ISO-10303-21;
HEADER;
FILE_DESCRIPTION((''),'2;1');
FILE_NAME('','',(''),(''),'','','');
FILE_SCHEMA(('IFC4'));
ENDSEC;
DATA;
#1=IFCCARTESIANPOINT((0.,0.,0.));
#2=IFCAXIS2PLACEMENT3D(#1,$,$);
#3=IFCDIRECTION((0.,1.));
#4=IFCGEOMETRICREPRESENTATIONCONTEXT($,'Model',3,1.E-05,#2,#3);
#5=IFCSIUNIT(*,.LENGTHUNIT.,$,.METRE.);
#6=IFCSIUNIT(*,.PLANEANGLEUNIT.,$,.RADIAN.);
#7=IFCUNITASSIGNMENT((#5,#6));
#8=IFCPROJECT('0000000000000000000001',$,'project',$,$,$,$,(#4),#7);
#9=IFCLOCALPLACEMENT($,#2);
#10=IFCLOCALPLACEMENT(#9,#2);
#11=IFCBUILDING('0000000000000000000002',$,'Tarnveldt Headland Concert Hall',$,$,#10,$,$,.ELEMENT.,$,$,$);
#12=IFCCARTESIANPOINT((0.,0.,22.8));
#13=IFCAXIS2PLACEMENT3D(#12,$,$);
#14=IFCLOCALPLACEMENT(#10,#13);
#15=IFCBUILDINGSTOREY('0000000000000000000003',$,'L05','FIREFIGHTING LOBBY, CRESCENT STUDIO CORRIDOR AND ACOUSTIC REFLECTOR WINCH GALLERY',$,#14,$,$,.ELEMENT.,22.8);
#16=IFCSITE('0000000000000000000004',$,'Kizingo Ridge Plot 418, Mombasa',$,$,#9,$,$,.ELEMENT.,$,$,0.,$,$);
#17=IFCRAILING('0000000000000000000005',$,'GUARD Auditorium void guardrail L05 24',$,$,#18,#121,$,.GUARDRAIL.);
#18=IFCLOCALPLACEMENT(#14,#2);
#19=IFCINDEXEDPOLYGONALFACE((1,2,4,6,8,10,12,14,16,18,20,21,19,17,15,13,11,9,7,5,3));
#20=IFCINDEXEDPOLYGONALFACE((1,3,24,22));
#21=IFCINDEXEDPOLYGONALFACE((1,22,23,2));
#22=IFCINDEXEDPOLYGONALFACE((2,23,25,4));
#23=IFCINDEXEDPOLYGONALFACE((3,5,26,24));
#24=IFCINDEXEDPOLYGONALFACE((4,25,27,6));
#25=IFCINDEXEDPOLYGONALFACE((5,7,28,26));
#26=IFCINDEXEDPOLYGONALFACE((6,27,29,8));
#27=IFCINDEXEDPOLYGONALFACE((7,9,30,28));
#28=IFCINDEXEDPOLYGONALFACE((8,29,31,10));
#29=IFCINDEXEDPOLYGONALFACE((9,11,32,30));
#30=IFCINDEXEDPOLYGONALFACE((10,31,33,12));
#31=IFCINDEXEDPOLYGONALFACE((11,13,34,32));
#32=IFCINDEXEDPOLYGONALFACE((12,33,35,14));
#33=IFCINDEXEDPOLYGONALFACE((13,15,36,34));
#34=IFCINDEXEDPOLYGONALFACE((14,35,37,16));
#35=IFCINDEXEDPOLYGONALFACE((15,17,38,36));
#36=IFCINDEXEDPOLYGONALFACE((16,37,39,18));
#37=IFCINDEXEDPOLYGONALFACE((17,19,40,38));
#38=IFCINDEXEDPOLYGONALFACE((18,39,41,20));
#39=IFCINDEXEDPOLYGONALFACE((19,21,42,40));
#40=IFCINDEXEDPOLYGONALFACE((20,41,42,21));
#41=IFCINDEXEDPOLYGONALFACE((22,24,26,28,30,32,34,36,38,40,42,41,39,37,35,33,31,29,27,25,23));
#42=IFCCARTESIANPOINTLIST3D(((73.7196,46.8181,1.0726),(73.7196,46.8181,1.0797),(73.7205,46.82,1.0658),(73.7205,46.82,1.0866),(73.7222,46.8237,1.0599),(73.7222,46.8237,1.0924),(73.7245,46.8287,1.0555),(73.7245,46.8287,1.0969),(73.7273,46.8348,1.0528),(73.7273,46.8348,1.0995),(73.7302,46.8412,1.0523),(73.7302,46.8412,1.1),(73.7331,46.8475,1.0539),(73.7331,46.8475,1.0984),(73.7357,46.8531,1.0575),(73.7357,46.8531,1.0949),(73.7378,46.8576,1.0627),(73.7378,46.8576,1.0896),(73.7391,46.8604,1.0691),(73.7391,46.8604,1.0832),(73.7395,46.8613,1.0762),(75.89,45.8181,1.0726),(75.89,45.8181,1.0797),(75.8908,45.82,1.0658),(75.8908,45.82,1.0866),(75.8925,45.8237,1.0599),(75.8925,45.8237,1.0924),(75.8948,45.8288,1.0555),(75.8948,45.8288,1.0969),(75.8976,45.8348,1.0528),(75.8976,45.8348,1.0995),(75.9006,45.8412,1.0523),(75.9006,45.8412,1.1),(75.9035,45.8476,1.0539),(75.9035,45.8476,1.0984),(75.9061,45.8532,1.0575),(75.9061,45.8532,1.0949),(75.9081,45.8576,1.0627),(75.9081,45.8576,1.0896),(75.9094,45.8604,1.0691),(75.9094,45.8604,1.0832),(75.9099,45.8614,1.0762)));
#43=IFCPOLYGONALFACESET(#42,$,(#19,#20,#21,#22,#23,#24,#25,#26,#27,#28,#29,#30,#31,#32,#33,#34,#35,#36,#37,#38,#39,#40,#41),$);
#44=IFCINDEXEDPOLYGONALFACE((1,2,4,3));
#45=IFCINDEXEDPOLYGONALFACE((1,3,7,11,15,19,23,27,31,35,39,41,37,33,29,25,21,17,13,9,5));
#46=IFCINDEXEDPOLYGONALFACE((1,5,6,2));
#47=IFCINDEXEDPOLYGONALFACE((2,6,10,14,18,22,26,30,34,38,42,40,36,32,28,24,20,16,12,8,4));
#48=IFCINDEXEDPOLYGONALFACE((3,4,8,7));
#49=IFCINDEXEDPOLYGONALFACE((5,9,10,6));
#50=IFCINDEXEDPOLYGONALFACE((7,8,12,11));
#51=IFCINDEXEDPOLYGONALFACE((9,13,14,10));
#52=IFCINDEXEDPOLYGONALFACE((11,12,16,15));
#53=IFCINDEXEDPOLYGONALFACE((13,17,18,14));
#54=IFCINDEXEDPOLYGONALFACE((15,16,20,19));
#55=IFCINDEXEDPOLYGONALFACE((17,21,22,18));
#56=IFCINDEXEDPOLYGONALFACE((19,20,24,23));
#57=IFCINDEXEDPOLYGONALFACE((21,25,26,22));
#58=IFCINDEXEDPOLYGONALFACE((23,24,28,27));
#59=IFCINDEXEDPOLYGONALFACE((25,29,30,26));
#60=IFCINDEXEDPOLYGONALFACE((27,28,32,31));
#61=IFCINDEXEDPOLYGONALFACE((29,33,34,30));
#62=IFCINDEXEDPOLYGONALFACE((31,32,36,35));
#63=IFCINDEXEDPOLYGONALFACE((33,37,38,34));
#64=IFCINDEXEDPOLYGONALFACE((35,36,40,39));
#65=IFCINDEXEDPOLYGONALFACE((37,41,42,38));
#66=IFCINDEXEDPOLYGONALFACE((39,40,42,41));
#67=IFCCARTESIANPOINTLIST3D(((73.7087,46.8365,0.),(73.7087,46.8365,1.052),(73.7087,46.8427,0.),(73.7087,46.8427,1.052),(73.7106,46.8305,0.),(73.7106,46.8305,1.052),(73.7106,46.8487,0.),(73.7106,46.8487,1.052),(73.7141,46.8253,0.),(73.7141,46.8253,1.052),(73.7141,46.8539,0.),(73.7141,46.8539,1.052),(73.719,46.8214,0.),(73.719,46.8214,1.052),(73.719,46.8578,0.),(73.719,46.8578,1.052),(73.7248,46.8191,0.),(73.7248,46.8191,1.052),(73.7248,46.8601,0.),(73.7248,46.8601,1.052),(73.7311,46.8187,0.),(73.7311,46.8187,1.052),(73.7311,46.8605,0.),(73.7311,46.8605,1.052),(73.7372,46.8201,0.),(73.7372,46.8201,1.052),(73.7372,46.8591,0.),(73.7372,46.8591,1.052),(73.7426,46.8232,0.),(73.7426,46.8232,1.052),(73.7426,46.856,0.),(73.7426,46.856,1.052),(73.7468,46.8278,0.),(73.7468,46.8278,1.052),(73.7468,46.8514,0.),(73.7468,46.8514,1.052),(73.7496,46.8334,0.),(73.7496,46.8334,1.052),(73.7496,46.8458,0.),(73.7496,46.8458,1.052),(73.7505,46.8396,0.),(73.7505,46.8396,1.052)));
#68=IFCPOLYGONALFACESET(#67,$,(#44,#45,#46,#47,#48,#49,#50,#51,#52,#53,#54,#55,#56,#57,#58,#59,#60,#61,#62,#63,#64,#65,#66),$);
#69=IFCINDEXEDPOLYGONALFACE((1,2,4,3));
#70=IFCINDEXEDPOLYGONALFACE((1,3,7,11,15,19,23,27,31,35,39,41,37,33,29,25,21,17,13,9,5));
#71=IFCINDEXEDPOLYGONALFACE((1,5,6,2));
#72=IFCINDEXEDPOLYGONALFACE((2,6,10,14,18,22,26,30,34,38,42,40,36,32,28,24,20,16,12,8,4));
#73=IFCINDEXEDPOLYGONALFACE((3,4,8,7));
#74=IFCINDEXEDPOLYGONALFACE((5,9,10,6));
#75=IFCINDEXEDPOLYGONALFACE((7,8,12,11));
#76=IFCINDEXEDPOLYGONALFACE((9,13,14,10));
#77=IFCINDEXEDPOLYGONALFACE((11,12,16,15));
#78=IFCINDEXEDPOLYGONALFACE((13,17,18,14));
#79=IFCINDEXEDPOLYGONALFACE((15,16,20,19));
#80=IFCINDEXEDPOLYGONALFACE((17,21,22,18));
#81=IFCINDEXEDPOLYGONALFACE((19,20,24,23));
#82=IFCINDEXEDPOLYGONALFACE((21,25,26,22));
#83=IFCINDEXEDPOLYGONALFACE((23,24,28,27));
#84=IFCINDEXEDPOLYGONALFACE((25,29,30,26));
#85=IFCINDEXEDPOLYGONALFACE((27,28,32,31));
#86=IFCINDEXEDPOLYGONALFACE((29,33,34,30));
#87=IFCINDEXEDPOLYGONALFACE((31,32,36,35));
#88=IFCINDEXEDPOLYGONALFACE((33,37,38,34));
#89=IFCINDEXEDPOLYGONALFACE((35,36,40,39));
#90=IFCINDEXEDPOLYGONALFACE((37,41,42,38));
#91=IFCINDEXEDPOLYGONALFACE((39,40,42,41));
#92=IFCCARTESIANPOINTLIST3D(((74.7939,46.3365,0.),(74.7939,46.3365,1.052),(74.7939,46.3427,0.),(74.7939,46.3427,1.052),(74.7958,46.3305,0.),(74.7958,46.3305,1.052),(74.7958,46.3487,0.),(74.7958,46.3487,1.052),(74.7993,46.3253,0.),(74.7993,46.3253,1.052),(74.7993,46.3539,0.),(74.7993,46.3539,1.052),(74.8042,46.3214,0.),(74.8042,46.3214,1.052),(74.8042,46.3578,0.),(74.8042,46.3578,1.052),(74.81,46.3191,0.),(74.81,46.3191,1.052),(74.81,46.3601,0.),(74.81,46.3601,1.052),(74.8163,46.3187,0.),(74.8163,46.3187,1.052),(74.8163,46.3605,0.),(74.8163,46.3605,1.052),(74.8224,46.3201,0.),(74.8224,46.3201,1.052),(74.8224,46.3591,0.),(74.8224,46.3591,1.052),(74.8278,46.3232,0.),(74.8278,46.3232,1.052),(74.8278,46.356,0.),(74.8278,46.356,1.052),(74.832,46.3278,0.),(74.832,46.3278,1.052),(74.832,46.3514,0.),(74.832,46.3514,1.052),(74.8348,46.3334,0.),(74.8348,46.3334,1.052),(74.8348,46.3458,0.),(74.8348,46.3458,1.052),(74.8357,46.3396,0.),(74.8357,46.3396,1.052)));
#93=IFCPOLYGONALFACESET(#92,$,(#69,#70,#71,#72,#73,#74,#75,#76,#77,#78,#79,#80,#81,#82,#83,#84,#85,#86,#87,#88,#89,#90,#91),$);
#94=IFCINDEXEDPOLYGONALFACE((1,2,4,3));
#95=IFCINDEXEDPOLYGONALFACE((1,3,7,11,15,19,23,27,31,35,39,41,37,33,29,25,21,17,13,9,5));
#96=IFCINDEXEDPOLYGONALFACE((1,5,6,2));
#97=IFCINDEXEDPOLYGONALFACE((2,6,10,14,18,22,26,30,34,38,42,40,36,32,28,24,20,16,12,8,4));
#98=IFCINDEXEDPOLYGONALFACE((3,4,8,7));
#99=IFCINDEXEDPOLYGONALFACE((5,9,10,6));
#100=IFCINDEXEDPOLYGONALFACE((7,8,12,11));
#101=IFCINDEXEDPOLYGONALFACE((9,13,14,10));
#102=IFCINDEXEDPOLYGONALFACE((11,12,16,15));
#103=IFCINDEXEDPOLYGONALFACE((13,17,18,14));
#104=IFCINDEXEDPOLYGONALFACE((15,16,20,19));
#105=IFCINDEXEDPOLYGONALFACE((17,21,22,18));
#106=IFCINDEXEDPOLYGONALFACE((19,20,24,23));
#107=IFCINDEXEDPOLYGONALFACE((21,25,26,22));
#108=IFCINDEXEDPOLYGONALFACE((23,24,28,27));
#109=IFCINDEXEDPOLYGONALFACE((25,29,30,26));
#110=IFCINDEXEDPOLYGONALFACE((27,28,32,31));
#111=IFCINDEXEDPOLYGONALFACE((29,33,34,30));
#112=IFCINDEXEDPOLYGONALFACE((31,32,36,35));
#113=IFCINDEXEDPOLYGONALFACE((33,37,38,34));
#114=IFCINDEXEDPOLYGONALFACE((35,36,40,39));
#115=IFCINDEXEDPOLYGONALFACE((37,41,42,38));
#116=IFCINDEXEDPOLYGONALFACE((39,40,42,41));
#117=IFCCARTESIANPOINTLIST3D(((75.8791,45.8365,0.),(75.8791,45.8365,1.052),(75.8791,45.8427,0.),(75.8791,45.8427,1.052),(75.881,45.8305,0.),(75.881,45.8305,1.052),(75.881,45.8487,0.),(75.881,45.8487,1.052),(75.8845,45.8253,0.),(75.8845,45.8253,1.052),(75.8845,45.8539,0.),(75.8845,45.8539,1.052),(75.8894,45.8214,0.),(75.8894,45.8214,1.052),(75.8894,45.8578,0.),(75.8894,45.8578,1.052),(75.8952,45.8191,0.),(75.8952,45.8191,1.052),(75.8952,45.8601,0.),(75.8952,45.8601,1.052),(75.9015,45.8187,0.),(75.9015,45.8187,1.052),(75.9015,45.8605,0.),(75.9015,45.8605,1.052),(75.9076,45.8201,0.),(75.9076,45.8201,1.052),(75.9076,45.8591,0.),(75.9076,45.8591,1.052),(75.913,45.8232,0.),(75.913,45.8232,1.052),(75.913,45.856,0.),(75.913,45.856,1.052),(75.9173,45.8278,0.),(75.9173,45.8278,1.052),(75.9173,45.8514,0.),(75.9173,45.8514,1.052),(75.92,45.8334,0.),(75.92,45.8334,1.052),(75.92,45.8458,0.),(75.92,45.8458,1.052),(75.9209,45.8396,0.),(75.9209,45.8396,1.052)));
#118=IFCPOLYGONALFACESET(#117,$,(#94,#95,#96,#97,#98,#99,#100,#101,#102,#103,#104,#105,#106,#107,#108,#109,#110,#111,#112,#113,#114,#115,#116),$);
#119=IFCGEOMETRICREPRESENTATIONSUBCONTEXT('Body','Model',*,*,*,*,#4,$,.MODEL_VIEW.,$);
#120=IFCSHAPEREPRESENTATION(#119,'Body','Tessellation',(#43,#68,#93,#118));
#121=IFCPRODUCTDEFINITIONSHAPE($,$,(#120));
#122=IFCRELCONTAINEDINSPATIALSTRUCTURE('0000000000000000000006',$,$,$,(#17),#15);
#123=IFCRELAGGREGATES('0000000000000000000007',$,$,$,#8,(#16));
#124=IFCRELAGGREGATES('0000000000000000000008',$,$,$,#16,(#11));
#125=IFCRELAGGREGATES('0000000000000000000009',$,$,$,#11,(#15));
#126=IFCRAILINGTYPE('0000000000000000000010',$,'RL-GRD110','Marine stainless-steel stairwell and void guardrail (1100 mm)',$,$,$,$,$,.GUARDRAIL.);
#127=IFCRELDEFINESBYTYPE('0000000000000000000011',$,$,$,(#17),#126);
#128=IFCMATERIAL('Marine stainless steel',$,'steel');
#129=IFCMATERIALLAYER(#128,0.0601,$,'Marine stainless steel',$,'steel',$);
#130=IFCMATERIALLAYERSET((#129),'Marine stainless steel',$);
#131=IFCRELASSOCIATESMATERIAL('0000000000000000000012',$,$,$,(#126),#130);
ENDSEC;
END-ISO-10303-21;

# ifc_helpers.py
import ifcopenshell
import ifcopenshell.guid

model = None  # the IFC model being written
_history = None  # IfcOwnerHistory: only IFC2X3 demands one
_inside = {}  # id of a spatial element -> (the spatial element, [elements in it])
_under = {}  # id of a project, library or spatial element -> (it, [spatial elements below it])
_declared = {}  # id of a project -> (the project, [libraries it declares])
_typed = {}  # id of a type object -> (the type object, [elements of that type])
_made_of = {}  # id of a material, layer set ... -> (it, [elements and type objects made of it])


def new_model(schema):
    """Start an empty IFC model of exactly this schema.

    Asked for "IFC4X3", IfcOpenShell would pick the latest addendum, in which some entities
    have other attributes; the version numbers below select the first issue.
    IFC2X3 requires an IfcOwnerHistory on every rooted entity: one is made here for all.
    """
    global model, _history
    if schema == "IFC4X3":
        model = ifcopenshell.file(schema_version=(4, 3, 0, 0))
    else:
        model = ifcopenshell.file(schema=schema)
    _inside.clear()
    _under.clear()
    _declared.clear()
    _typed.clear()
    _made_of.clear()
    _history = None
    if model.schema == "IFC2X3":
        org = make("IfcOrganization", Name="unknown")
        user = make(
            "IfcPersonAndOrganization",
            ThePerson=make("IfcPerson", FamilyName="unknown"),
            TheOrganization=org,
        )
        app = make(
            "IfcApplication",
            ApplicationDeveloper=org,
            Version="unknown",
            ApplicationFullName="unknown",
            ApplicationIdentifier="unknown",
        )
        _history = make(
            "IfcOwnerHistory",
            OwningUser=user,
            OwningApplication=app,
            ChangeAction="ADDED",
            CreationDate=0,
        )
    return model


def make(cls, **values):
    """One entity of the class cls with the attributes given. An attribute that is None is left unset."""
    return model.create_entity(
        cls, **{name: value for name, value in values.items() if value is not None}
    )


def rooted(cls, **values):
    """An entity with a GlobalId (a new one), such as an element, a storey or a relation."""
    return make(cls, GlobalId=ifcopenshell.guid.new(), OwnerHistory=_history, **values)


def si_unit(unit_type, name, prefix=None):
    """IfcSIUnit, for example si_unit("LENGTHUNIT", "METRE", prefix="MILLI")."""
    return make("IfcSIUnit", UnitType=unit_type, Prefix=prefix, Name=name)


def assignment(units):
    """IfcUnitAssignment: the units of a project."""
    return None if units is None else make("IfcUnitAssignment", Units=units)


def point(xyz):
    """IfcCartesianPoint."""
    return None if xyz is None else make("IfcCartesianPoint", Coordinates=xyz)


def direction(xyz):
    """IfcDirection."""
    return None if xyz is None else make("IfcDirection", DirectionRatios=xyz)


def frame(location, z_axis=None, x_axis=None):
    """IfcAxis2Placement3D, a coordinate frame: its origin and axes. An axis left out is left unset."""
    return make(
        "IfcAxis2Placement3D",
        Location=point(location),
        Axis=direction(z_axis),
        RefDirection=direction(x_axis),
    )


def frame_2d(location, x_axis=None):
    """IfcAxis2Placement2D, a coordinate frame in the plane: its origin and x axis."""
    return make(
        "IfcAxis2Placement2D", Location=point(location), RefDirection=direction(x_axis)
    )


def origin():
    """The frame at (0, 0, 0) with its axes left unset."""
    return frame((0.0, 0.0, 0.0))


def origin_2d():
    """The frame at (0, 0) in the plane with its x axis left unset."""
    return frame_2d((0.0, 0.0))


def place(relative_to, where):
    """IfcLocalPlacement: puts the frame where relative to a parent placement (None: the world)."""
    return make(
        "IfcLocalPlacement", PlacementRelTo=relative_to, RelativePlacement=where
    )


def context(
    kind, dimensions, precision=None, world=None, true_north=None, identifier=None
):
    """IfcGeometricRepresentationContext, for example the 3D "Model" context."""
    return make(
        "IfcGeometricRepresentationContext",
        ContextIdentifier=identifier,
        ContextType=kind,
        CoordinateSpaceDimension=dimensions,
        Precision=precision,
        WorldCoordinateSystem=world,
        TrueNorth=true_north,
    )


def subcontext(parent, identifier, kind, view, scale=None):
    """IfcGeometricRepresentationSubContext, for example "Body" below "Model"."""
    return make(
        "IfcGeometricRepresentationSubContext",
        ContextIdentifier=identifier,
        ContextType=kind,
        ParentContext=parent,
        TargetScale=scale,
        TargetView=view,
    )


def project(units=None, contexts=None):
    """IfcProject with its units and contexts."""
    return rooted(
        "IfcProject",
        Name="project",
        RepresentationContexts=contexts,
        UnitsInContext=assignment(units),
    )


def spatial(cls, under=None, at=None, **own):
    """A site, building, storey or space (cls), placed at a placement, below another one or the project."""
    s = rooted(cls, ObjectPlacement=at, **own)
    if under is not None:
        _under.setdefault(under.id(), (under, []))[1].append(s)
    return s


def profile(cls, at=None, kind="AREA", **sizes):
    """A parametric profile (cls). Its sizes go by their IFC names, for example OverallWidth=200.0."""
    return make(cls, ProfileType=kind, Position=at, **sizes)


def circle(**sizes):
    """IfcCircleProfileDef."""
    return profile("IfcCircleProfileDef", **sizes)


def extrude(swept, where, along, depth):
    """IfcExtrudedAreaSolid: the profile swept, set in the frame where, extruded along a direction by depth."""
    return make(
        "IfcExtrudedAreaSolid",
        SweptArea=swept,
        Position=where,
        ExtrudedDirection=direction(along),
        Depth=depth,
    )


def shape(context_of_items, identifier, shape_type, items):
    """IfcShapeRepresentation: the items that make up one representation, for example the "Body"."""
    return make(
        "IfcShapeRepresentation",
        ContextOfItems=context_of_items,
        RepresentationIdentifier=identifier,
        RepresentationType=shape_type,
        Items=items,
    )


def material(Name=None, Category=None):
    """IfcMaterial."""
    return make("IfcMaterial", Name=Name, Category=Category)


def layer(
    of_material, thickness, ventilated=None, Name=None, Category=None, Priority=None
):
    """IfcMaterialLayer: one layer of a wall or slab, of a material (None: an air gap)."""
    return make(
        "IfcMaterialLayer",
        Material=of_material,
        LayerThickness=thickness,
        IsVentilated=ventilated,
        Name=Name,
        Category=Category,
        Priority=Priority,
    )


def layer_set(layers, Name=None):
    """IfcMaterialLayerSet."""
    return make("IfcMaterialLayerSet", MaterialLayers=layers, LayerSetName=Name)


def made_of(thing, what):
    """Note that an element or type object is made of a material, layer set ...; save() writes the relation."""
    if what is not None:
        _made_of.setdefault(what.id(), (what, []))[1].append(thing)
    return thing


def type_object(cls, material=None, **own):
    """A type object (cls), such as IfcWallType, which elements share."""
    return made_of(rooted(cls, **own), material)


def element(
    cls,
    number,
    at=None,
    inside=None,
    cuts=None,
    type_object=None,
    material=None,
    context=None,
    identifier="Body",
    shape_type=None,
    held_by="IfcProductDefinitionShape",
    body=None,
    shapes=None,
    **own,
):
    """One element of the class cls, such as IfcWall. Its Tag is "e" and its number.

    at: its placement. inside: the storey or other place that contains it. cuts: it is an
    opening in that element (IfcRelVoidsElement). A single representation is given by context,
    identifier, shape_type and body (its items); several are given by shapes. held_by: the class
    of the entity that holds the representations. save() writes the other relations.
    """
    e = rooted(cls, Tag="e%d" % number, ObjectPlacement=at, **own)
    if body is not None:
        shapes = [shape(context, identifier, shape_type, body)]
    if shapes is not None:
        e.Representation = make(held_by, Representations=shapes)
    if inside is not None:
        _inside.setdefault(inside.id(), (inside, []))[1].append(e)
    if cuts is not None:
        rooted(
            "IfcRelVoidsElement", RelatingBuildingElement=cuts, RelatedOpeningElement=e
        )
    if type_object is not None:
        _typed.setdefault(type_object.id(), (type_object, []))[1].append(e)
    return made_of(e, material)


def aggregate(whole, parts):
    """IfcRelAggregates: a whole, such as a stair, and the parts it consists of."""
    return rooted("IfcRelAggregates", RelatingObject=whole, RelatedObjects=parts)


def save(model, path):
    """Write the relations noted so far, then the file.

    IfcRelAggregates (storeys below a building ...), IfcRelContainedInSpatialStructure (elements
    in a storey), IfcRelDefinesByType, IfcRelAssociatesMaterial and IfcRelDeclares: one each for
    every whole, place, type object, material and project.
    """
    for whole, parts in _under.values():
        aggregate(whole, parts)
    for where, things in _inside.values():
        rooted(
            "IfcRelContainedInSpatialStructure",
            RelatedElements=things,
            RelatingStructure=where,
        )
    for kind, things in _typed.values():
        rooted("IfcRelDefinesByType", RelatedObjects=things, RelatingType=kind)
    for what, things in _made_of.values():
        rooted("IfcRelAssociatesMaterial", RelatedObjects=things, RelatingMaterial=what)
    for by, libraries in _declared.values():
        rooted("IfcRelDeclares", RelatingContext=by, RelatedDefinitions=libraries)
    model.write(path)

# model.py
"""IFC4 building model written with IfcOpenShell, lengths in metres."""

from ifc_helpers import new_model, si_unit, direction, frame, origin, origin_2d, place, context, subcontext, project, spatial, circle, extrude, material, layer, layer_set, type_object, element, save


model = new_model("IFC4")

# Units and contexts
model_context = context("Model", 3, precision=1e-05, world=origin(), true_north=direction((0.0, 1.0)))
body_context = subcontext(model_context, "Body", "Model", "MODEL_VIEW")
ifc_project = project(units=[si_unit("LENGTHUNIT", "METRE"), si_unit("PLANEANGLEUNIT", "RADIAN")], contexts=[model_context])

# Site, building, storey
site_placement = place(None, origin())
site = spatial("IfcSite", under=ifc_project, at=site_placement, Name="Kizingo Ridge Plot 418, Mombasa", CompositionType="ELEMENT", RefElevation=0.0)
building_placement = place(site_placement, origin())
building = spatial("IfcBuilding", under=site, at=building_placement, Name="Tarnveldt Headland Concert Hall", CompositionType="ELEMENT")
storey_placement = place(building_placement, frame((0.0, 0.0, 22.8)))
storey = spatial("IfcBuildingStorey", under=building, at=storey_placement, Name="L05", Description="FIREFIGHTING LOBBY, CRESCENT STUDIO CORRIDOR AND ACOUSTIC REFLECTOR WINCH GALLERY", CompositionType="ELEMENT", Elevation=22.8)

# Railing
ifc_material_1 = material(Name="Marine stainless steel", Category="steel")
ifc_layer_1 = layer(ifc_material_1, 0.0601, Name="Marine stainless steel", Category="steel")
ifc_layer_set_1 = layer_set([ifc_layer_1], Name="Marine stainless steel")
railing_type = type_object("IfcRailingType", Name="RL-GRD110", Description="Marine stainless-steel stairwell and void guardrail (1100 mm)", PredefinedType="GUARDRAIL", material=ifc_layer_set_1)
railing_1_placement = place(storey_placement, frame((73.7295, 46.8396, 0.0)))
element("IfcRailing", 1, at=railing_1_placement, inside=storey, type_object=railing_type, Name="GUARD Auditorium void guardrail L05 24", PredefinedType="GUARDRAIL", context=body_context, shape_type="SweptSolid", body=[
    extrude(circle(Radius=0.0239, at=origin_2d()), frame((0.0, 0.0, 1.0762), z_axis=(0.908234, -0.418462, 0.0), x_axis=(0.418462, 0.908234, 0.0)), (0.0, 0.0, 1.0), 2.3896),
    extrude(circle(Radius=0.021, at=origin_2d()), origin(), (0.0, 0.0, 1.0), 1.052),
    extrude(circle(Radius=0.021, at=origin_2d()), frame((1.0852, -0.5, 0.0)), (0.0, 0.0, 1.0), 1.052),
    extrude(circle(Radius=0.021, at=origin_2d()), frame((2.1704, -1.0, 0.0)), (0.0, 0.0, 1.0), 1.052),
])

save(model, "model.ifc")
